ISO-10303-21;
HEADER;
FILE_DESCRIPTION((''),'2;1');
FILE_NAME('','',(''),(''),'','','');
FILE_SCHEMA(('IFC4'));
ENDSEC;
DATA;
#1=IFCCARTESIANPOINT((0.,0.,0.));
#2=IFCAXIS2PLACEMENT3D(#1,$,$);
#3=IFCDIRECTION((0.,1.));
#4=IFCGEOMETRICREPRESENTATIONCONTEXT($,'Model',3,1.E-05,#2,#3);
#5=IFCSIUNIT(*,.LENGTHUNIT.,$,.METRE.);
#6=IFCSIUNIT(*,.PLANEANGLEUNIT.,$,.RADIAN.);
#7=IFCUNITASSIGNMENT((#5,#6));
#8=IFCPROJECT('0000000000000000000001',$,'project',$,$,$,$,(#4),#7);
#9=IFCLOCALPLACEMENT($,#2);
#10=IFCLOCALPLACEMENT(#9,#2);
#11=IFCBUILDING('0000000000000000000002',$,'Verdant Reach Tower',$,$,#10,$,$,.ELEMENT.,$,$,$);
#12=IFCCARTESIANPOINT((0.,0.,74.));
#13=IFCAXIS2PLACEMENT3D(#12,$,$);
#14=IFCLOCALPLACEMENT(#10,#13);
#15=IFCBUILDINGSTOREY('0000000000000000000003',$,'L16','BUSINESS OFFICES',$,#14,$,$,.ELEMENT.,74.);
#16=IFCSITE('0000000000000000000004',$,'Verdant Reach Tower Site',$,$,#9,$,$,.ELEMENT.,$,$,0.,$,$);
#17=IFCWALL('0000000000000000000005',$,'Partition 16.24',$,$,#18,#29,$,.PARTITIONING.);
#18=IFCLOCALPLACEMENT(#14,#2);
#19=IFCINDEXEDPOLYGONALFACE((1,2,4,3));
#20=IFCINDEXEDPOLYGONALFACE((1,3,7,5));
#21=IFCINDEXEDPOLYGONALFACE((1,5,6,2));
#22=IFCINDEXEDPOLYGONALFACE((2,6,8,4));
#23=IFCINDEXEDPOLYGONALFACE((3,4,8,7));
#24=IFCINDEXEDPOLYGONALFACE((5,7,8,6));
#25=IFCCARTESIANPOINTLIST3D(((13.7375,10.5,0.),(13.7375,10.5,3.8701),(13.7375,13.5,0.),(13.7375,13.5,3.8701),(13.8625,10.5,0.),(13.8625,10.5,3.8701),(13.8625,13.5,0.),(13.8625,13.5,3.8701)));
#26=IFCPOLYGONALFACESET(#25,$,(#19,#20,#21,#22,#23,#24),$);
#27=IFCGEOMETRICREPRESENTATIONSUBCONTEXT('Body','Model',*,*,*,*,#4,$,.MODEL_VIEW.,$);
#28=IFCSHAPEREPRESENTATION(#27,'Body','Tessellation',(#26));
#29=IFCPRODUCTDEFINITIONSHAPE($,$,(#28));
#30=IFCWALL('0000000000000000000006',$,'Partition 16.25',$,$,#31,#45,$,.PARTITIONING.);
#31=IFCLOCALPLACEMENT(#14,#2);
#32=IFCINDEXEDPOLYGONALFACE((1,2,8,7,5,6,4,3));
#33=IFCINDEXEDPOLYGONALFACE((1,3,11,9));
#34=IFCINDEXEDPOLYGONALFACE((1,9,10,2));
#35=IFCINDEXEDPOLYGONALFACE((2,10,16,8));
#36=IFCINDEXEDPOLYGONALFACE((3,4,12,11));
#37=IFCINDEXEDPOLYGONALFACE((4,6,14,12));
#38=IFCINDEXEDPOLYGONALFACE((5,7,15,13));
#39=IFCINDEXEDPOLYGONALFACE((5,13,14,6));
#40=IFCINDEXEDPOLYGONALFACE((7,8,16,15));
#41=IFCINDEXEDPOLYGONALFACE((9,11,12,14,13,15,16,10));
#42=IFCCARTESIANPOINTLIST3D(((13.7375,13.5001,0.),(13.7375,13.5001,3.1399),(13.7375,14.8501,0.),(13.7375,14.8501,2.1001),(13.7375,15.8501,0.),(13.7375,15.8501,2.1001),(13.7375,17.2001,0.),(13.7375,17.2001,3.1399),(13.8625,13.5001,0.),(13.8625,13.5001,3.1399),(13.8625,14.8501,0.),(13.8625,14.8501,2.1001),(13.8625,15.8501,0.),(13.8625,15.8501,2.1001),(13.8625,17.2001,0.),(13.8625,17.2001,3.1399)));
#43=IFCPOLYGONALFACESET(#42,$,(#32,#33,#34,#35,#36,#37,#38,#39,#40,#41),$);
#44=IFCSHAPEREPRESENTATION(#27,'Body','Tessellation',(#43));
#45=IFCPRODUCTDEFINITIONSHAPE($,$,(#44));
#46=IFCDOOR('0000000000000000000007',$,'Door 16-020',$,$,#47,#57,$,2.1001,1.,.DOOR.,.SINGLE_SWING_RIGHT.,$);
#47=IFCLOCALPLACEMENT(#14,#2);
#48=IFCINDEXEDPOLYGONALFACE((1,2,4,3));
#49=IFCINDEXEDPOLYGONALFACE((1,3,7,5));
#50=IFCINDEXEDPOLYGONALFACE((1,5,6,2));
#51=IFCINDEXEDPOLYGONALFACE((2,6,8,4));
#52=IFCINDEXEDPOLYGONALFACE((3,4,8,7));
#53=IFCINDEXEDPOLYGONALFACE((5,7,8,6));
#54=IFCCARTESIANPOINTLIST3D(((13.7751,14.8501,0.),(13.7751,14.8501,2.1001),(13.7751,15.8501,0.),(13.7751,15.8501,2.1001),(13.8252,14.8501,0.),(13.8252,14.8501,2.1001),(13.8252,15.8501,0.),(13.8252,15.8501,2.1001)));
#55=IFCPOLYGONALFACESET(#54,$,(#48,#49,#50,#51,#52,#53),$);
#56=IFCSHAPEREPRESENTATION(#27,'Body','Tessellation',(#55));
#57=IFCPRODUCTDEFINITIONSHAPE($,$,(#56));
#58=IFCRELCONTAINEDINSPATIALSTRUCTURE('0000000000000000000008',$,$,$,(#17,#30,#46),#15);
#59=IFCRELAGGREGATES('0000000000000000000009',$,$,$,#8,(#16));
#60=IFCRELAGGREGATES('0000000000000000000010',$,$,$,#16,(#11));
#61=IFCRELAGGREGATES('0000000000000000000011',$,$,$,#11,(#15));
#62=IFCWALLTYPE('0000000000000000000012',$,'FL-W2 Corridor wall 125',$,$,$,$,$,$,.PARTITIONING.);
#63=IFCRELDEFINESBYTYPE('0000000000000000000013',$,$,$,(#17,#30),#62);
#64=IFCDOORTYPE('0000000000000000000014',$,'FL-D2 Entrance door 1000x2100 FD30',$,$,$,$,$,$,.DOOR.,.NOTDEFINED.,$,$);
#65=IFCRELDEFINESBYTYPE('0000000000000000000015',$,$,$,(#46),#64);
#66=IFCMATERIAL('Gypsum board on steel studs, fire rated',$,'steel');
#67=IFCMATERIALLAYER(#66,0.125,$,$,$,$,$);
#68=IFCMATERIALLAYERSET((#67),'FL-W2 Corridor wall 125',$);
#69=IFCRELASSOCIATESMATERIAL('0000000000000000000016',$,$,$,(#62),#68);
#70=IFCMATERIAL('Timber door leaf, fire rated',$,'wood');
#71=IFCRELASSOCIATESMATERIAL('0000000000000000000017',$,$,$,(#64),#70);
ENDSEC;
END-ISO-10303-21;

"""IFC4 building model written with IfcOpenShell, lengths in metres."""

from ifc_helpers import new_model, si_unit, direction, frame, frame_2d, origin, place, context, subcontext, project, spatial, rectangle, extrude, material, layer, layer_set, type_object, element, fill, save


model = new_model("IFC4")

# Units and contexts
model_context = context("Model", 3, precision=1e-05, world=origin(), true_north=direction((0.0, 1.0)))
body_context = subcontext(model_context, "Body", "Model", "MODEL_VIEW")
ifc_project = project(units=[si_unit("LENGTHUNIT", "METRE"), si_unit("PLANEANGLEUNIT", "RADIAN")], contexts=[model_context])

# Site, building, storey
site_placement = place(None, origin())
site = spatial("IfcSite", under=ifc_project, at=site_placement, Name="Verdant Reach Tower Site", CompositionType="ELEMENT", RefElevation=0.0)
building_placement = place(site_placement, origin())
building = spatial("IfcBuilding", under=site, at=building_placement, Name="Verdant Reach Tower", CompositionType="ELEMENT")
storey_placement = place(building_placement, frame((0.0, 0.0, 74.0)))
storey = spatial("IfcBuildingStorey", under=building, at=storey_placement, Name="L16", Description="BUSINESS OFFICES", CompositionType="ELEMENT", Elevation=74.0)

# Shared definitions
ifc_material_1 = material(Name="Gypsum board on steel studs, fire rated", Category="steel")
ifc_layer_1 = layer(ifc_material_1, 0.125)
ifc_layer_set_1 = layer_set([ifc_layer_1], Name="FL-W2 Corridor wall 125")
wall_type_1 = type_object("IfcWallType", Name="FL-W2 Corridor wall 125", PredefinedType="PARTITIONING", material=ifc_layer_set_1)
ifc_material_2 = material(Name="Timber door leaf, fire rated", Category="wood")
door_type = type_object("IfcDoorType", Name="FL-D2 Entrance door 1000x2100 FD30", OperationType="NOTDEFINED", PredefinedType="DOOR", material=ifc_material_2)

# Wall
wall_1_placement = place(storey_placement, frame((13.8, 13.5, 0.0), z_axis=(0.0, 0.0, 1.0), x_axis=(0.0, -1.0, 0.0)))
element("IfcWall", 1, at=wall_1_placement, inside=storey, type_object=wall_type_1, Name="Partition 16.24", PredefinedType="PARTITIONING", context=body_context, shape_type="SweptSolid", body=[
    extrude(rectangle(XDim=3.0, YDim=0.125, at=frame_2d((1.5, 0.0))), origin(), (0.0, 0.0, 1.0), 3.8701),
])

# Wall, opening, door
wall_2_placement = place(storey_placement, frame((13.8, 13.5, 0.0), z_axis=(0.0, 0.0, 1.0), x_axis=(0.0, 1.0, 0.0)))
wall_2 = element("IfcWall", 2, at=wall_2_placement, inside=storey, type_object=wall_type_1, Name="Partition 16.25", PredefinedType="PARTITIONING", context=body_context, shape_type="SweptSolid", body=[
    extrude(rectangle(XDim=3.7, YDim=0.125, at=frame_2d((1.8501, 0.0))), origin(), (0.0, 0.0, 1.0), 3.1399),
])
opening_1_placement = place(wall_2_placement, frame((1.3501, 0.0, 0.0)))
opening_1 = element("IfcOpeningElement", 3, at=opening_1_placement, cuts=wall_2, PredefinedType="OPENING", context=body_context, shape_type="SweptSolid", body=[
    extrude(rectangle(XDim=1.0, YDim=2.1001, at=frame_2d((0.5, 1.05))), frame((0.0, 0.0725, 0.0), z_axis=(0.0, -1.0, 0.0), x_axis=(1.0, 0.0, 0.0)), (0.0, 0.0, 1.0), 0.145),
])
door_1_placement = place(opening_1_placement, origin())
door_1 = element("IfcDoor", 4, at=door_1_placement, inside=storey, type_object=door_type, Name="Door 16-020", OperationType="SINGLE_SWING_RIGHT", OverallHeight=2.1001, OverallWidth=1.0, PredefinedType="DOOR", context=body_context, shape_type="SweptSolid", body=[
    extrude(rectangle(XDim=1.0, YDim=2.1001, at=frame_2d((0.5, 1.05))), frame((0.0, 0.0249, 0.0), z_axis=(0.0, -1.0, 0.0), x_axis=(1.0, 0.0, 0.0)), (0.0, 0.0, 1.0), 0.05),
])
fill(opening_1, door_1)

save(model, "model.ifc")
